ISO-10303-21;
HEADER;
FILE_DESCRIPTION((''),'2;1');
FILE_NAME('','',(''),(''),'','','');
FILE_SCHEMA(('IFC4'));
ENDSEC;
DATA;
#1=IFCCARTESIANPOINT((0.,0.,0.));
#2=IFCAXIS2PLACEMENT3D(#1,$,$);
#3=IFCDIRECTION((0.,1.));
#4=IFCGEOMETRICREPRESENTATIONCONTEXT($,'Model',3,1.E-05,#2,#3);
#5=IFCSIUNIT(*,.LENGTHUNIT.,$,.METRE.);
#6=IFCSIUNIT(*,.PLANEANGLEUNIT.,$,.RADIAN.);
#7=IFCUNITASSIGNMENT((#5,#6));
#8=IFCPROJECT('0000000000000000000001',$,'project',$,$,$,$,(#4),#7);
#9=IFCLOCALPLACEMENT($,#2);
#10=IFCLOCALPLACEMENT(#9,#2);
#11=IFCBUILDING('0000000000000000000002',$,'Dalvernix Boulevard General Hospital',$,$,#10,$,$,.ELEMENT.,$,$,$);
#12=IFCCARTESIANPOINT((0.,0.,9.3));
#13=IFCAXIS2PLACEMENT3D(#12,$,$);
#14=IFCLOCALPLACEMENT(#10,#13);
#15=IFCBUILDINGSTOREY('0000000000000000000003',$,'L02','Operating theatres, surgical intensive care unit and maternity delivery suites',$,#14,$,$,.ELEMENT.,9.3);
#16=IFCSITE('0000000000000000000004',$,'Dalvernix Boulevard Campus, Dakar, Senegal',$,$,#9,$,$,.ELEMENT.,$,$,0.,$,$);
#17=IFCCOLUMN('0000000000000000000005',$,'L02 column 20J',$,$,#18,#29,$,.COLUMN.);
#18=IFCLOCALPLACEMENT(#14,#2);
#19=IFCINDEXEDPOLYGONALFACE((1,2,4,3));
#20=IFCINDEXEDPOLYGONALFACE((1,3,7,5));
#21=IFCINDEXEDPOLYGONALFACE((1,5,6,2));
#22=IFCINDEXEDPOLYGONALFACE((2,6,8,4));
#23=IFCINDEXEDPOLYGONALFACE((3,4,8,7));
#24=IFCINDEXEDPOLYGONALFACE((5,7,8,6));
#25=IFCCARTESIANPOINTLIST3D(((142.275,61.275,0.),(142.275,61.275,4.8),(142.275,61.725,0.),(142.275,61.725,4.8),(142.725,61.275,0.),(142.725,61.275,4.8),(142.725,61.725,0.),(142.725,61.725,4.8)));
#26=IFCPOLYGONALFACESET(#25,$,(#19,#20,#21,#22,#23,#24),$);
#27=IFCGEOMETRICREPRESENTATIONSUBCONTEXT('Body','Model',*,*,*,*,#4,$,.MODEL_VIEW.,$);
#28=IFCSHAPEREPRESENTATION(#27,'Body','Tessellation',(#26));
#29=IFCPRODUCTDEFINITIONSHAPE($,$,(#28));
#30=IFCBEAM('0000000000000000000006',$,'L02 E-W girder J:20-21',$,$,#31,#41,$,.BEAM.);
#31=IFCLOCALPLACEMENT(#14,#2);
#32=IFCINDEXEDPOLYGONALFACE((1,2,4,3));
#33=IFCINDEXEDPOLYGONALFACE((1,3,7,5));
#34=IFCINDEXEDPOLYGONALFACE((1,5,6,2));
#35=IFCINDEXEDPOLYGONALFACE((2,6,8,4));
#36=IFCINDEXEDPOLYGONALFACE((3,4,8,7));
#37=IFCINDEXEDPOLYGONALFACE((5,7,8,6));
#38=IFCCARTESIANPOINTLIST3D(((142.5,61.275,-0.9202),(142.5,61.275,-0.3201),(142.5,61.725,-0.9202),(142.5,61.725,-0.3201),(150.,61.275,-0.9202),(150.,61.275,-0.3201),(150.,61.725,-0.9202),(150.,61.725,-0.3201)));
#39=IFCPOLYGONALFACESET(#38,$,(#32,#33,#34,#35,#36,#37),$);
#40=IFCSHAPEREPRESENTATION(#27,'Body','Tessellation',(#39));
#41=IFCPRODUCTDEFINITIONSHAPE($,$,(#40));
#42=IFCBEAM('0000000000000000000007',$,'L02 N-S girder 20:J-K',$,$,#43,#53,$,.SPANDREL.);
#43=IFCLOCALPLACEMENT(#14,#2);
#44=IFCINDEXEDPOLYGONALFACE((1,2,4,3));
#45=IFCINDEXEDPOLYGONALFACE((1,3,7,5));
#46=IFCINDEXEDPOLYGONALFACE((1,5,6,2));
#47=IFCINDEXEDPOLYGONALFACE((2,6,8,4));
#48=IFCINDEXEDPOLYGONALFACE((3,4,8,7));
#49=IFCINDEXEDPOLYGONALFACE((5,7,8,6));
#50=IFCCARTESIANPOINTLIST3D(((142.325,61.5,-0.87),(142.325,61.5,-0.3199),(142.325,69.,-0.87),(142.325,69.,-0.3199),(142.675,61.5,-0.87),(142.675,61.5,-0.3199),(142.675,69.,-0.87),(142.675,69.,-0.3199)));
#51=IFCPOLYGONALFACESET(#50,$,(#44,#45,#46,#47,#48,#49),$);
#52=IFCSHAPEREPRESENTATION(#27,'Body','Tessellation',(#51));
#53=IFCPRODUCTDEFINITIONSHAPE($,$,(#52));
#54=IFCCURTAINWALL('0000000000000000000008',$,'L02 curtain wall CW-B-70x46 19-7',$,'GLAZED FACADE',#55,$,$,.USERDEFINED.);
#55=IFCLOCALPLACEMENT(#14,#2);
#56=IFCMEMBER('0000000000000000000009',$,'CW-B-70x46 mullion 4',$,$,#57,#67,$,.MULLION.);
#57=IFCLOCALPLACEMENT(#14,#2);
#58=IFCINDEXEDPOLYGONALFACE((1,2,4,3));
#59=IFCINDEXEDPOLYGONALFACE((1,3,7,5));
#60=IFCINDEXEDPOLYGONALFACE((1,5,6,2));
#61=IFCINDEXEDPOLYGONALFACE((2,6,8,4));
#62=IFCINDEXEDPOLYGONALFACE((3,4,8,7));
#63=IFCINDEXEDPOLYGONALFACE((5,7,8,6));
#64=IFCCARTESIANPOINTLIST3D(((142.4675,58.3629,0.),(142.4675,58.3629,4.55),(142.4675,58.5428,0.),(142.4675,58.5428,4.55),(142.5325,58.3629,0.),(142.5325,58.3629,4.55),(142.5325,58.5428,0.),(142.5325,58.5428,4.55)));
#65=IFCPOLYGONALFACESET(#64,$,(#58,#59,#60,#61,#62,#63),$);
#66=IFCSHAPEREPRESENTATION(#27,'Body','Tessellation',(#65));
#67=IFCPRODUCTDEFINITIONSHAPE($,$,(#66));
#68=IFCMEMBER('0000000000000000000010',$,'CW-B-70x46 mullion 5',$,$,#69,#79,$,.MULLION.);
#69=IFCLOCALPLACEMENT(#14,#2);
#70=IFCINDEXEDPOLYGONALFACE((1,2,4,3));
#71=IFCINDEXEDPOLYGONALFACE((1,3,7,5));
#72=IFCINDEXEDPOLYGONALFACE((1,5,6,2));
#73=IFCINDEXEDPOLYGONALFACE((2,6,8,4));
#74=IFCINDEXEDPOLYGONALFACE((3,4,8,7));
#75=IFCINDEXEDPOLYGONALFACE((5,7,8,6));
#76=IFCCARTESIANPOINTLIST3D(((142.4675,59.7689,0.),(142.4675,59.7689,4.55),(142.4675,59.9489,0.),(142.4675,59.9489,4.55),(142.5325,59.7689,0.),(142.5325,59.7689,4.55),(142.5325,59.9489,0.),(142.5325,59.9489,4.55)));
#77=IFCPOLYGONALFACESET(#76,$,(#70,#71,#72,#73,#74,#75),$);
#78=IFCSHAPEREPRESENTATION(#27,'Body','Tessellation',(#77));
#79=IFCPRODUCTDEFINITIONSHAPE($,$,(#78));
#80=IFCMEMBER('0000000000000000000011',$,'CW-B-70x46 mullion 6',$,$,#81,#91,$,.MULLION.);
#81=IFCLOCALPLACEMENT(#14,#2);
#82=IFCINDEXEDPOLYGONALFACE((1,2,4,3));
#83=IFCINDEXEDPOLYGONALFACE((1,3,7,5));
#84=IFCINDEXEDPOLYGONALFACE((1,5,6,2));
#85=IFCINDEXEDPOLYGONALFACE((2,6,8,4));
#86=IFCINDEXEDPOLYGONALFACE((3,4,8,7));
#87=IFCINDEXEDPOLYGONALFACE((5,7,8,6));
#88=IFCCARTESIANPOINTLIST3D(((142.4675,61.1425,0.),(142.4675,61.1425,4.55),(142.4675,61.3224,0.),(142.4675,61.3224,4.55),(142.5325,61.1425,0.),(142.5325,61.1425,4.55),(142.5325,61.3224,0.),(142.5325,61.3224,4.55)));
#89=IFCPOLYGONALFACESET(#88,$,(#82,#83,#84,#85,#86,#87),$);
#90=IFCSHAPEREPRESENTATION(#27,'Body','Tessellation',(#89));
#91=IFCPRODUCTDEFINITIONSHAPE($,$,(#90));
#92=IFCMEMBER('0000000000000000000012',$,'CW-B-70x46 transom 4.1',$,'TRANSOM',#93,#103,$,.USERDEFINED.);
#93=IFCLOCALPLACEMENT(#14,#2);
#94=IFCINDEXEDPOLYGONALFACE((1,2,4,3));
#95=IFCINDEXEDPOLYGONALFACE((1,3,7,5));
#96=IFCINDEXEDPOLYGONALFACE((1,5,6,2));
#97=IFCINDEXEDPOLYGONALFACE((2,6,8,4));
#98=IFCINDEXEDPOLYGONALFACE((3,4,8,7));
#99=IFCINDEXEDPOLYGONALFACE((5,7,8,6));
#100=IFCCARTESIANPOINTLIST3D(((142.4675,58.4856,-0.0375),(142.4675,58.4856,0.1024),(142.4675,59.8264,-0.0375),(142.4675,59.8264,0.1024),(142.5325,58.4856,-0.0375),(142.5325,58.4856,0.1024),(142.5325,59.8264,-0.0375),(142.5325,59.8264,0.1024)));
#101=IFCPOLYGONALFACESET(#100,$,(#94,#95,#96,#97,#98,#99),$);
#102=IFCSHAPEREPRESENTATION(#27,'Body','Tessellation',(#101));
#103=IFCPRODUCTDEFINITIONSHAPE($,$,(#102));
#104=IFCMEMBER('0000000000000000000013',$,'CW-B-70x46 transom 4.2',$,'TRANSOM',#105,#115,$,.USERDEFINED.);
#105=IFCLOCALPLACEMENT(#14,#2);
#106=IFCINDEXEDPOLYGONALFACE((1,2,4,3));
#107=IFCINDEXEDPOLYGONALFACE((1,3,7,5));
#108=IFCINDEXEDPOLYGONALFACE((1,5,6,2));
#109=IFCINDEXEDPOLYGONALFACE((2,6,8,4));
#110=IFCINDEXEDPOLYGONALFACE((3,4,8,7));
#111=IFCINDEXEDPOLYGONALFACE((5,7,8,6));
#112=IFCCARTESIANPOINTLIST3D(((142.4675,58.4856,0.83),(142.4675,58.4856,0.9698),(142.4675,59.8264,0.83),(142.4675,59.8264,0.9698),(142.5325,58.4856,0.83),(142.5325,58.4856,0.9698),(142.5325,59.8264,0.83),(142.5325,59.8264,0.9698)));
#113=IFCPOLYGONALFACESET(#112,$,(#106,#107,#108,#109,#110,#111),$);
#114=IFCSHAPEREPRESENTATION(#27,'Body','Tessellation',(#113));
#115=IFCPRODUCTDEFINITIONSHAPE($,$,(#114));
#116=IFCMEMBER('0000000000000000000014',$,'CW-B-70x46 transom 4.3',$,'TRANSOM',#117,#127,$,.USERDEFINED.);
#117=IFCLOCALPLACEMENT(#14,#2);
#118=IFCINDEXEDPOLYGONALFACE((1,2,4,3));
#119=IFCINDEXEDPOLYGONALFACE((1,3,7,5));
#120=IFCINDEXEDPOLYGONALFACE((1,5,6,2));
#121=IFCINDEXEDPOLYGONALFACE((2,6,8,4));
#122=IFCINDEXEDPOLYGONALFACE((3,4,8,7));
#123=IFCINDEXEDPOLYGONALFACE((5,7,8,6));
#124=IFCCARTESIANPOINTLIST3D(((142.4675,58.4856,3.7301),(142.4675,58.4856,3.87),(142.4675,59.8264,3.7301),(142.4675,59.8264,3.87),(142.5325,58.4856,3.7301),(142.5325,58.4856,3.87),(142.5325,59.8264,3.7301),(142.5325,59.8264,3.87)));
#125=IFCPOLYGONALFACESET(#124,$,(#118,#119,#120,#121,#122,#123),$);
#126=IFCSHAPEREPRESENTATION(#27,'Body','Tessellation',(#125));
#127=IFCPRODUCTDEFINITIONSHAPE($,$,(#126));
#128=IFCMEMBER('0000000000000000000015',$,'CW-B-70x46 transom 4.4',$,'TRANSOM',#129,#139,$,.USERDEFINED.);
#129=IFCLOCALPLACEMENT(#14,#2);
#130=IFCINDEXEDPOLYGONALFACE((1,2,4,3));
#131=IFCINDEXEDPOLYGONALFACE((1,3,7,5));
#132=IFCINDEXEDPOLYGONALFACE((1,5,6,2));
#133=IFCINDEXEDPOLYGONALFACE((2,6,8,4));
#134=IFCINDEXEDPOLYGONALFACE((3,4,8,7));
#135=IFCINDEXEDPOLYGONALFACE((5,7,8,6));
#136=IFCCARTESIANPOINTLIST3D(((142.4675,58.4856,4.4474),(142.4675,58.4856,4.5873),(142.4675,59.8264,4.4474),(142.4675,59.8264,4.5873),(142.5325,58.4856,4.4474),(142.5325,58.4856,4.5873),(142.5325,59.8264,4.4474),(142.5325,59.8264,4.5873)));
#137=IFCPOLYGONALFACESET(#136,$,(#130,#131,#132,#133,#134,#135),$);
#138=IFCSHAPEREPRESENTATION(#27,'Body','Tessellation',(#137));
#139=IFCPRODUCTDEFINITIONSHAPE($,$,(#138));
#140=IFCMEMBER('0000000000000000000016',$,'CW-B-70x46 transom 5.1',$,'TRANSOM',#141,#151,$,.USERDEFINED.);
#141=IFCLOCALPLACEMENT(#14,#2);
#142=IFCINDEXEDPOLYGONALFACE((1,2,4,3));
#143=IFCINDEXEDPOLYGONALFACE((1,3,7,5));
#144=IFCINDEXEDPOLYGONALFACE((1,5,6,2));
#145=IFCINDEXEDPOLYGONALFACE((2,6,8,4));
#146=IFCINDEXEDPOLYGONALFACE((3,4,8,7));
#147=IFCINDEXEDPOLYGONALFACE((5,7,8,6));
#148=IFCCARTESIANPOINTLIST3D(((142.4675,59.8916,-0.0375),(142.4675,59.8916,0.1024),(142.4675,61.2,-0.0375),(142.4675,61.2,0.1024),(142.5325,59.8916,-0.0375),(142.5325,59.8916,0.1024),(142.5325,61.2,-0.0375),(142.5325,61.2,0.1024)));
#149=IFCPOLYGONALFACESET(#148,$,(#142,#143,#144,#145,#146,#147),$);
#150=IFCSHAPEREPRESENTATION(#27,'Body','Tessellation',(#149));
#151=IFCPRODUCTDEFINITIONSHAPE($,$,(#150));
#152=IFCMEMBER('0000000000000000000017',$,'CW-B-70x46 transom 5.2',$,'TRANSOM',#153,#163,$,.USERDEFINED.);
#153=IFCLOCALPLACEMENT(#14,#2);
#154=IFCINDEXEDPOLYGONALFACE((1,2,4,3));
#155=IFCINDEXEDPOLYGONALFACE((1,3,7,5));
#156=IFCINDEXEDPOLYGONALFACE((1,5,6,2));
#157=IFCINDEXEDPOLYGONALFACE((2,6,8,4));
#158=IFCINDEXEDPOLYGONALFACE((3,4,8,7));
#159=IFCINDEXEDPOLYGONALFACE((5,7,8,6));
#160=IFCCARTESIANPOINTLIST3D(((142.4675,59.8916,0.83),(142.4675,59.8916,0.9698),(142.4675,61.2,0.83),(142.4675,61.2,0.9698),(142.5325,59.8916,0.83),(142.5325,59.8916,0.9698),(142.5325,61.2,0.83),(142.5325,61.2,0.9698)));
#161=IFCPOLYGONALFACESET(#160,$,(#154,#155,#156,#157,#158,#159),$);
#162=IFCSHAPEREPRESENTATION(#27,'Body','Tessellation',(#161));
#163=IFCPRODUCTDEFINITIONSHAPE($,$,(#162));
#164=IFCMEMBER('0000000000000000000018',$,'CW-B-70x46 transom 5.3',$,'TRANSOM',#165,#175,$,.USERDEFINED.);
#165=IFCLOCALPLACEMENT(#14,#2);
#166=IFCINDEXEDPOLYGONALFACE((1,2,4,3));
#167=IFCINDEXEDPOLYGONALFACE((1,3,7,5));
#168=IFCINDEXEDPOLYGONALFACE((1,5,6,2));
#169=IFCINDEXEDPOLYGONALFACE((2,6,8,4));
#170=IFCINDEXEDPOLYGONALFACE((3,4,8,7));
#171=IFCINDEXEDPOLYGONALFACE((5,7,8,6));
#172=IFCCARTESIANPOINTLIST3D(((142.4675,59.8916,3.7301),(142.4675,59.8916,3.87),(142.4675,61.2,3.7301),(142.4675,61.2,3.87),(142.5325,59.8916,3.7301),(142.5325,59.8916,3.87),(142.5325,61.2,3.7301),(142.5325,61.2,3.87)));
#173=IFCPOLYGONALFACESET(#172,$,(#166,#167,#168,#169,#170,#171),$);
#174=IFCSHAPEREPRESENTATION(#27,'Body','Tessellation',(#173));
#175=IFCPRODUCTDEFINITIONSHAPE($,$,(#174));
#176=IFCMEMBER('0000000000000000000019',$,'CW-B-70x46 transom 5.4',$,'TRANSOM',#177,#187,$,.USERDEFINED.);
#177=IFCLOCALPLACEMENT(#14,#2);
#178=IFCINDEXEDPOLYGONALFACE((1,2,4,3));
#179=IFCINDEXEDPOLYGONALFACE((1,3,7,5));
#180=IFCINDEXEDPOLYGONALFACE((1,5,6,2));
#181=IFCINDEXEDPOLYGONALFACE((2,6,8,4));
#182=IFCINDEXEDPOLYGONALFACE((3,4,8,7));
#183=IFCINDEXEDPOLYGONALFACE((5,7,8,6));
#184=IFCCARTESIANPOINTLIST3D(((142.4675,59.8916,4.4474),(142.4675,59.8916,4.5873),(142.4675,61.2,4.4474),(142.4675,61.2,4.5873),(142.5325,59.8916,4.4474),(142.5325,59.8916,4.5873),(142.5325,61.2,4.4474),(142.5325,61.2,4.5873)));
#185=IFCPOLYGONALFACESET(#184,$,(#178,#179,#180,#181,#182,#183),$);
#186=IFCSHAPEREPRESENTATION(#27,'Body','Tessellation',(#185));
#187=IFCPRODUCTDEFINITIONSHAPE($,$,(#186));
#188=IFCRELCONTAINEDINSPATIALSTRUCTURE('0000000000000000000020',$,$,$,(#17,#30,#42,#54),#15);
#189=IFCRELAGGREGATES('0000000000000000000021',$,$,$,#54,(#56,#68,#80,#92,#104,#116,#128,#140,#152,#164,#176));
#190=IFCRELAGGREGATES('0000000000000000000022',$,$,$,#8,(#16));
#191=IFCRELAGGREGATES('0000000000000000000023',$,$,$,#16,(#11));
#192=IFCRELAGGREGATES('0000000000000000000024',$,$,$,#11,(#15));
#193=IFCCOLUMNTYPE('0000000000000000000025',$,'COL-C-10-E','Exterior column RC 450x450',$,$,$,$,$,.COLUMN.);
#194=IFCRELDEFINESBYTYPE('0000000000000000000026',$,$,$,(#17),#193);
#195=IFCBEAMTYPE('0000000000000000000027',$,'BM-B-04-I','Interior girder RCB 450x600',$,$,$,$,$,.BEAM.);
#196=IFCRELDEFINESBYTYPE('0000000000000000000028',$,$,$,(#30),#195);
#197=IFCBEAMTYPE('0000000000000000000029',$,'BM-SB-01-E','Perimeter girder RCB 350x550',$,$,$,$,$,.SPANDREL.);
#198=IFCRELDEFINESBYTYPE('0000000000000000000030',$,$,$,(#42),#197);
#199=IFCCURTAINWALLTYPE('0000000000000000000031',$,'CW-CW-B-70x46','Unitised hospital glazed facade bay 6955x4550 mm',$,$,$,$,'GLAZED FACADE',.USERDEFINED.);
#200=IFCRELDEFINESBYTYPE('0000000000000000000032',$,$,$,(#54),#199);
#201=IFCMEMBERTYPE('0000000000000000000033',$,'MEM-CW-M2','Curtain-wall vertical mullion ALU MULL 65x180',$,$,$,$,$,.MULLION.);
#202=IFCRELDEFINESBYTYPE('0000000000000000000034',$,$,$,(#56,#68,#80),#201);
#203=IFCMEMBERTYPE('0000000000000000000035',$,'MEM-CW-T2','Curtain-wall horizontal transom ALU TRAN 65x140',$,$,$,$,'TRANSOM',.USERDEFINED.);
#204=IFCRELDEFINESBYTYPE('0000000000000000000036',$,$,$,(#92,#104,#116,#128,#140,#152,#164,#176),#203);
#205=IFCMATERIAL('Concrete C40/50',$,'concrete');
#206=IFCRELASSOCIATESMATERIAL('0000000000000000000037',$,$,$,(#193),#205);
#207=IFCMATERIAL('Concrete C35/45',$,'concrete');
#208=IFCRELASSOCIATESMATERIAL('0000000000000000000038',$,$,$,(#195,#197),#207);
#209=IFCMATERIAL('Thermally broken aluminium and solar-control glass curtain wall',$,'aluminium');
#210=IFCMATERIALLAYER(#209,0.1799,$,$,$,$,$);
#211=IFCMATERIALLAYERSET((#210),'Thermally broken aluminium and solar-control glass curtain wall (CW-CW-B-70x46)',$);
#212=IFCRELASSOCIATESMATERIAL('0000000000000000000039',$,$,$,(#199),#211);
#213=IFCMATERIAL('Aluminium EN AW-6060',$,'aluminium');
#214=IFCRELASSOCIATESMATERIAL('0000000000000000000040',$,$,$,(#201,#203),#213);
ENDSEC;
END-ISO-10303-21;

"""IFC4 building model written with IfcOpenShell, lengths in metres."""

from ifc_helpers import new_model, si_unit, direction, frame, origin, origin_2d, place, context, subcontext, project, spatial, rectangle, extrude, material, layer, layer_set, material_profile, profile_set, type_object, element, aggregate, save


model = new_model("IFC4")

# Units and contexts
model_context = context("Model", 3, precision=1e-05, world=origin(), true_north=direction((0.0, 1.0)))
body_context = subcontext(model_context, "Body", "Model", "MODEL_VIEW")
ifc_project = project(units=[si_unit("LENGTHUNIT", "METRE"), si_unit("PLANEANGLEUNIT", "RADIAN")], contexts=[model_context])

# Site, building, storey
site_placement = place(None, origin())
site = spatial("IfcSite", under=ifc_project, at=site_placement, Name="Dalvernix Boulevard Campus, Dakar, Senegal", CompositionType="ELEMENT", RefElevation=0.0)
building_placement = place(site_placement, origin())
building = spatial("IfcBuilding", under=site, at=building_placement, Name="Dalvernix Boulevard General Hospital", CompositionType="ELEMENT")
storey_placement = place(building_placement, frame((0.0, 0.0, 9.3)))
storey = spatial("IfcBuildingStorey", under=building, at=storey_placement, Name="L02", Description="Operating theatres, surgical intensive care unit and maternity delivery suites", CompositionType="ELEMENT", Elevation=9.3)

# Column
ifc_material_1 = material(Name="Concrete C40/50", Category="concrete")
ifc_material_profile_1 = material_profile(ifc_material_1, rectangle(XDim=0.45, YDim=0.45, at=origin_2d()), Name="RC 450x450")
ifc_profile_set_1 = profile_set([ifc_material_profile_1], Name="Concrete C40/50")
column_type = type_object("IfcColumnType", Name="COL-C-10-E", Description="Exterior column RC 450x450", PredefinedType="COLUMN", material=ifc_profile_set_1)
column_placement = place(storey_placement, frame((142.5, 61.5, 0.0), z_axis=(0.0, 0.0, 1.0), x_axis=(1.0, 0.0, 0.0)))
element("IfcColumn", 1, at=column_placement, inside=storey, type_object=column_type, Name="L02 column 20J", PredefinedType="COLUMN", context=body_context, shape_type="SweptSolid", body=[
    extrude(rectangle(XDim=0.45, YDim=0.45, at=origin_2d()), origin(), (0.0, 0.0, 1.0), 4.8),
])

# Beams
ifc_material_2 = material(Name="Concrete C35/45", Category="concrete")
ifc_material_profile_2 = material_profile(ifc_material_2, rectangle(XDim=0.45, YDim=0.6001, at=origin_2d()), Name="RCB 450x600")
ifc_profile_set_2 = profile_set([ifc_material_profile_2], Name="Concrete C35/45")
beam_type_1 = type_object("IfcBeamType", Name="BM-B-04-I", Description="Interior girder RCB 450x600", PredefinedType="BEAM", material=ifc_profile_set_2)
beam_1_placement = place(storey_placement, frame((142.5, 61.5, -0.6201), z_axis=(1.0, 0.0, 0.0), x_axis=(0.0, 1.0, 0.0)))
element("IfcBeam", 2, at=beam_1_placement, inside=storey, type_object=beam_type_1, Name="L02 E-W girder J:20-21", PredefinedType="BEAM", context=body_context, shape_type="SweptSolid", body=[
    extrude(rectangle(XDim=0.45, YDim=0.6001, at=origin_2d()), origin(), (0.0, 0.0, 1.0), 7.5),
])
ifc_material_profile_3 = material_profile(ifc_material_2, rectangle(XDim=0.3501, YDim=0.55, at=origin_2d()), Name="RCB 350x550")
ifc_profile_set_3 = profile_set([ifc_material_profile_3], Name="Concrete C35/45")
beam_type_2 = type_object("IfcBeamType", Name="BM-SB-01-E", Description="Perimeter girder RCB 350x550", PredefinedType="SPANDREL", material=ifc_profile_set_3)
beam_2_placement = place(storey_placement, frame((142.5, 61.5, -0.595), z_axis=(0.0, 1.0, 0.0), x_axis=(-1.0, 0.0, 0.0)))
element("IfcBeam", 3, at=beam_2_placement, inside=storey, type_object=beam_type_2, Name="L02 N-S girder 20:J-K", PredefinedType="SPANDREL", context=body_context, shape_type="SweptSolid", body=[
    extrude(rectangle(XDim=0.3501, YDim=0.55, at=origin_2d()), origin(), (0.0, 0.0, 1.0), 7.5),
])

# Curtain wall, members
ifc_material_3 = material(Name="Thermally broken aluminium and solar-control glass curtain wall", Category="aluminium")
ifc_layer_1 = layer(ifc_material_3, 0.1799)
ifc_layer_set_1 = layer_set([ifc_layer_1], Name="Thermally broken aluminium and solar-control glass curtain wall (CW-CW-B-70x46)")
curtain_wall_type = type_object("IfcCurtainWallType", Name="CW-CW-B-70x46", Description="Unitised hospital glazed facade bay 6955x4550 mm", ElementType="GLAZED FACADE", PredefinedType="USERDEFINED", material=ifc_layer_set_1)
curtain_wall_placement = place(storey_placement, origin())
curtain_wall = element("IfcCurtainWall", 4, at=curtain_wall_placement, inside=storey, type_object=curtain_wall_type, Name="L02 curtain wall CW-B-70x46 19-7", ObjectType="GLAZED FACADE", PredefinedType="USERDEFINED")
ifc_material_4 = material(Name="Aluminium EN AW-6060", Category="aluminium")
ifc_material_profile_4 = material_profile(ifc_material_4, rectangle(XDim=0.0649, YDim=0.1799, at=origin_2d()), Name="ALU MULL 65x180")
ifc_profile_set_4 = profile_set([ifc_material_profile_4], Name="Aluminium EN AW-6060")
member_type_1 = type_object("IfcMemberType", Name="MEM-CW-M2", Description="Curtain-wall vertical mullion ALU MULL 65x180", PredefinedType="MULLION", material=ifc_profile_set_4)
member_1_placement = place(storey_placement, frame((142.5, 58.4529, 0.0), z_axis=(0.0, 0.0, 1.0), x_axis=(-1.0, 0.0, 0.0)))
member_1 = element("IfcMember", 5, at=member_1_placement, type_object=member_type_1, Name="CW-B-70x46 mullion 4", PredefinedType="MULLION", context=body_context, shape_type="SweptSolid", body=[
    extrude(rectangle(XDim=0.0649, YDim=0.1799, at=origin_2d()), origin(), (0.0, 0.0, 1.0), 4.55),
])
member_2_placement = place(storey_placement, frame((142.5, 59.8589, 0.0), z_axis=(0.0, 0.0, 1.0), x_axis=(-1.0, 0.0, 0.0)))
member_2 = element("IfcMember", 6, at=member_2_placement, type_object=member_type_1, Name="CW-B-70x46 mullion 5", PredefinedType="MULLION", context=body_context, shape_type="SweptSolid", body=[
    extrude(rectangle(XDim=0.0649, YDim=0.1799, at=origin_2d()), origin(), (0.0, 0.0, 1.0), 4.55),
])
member_3_placement = place(storey_placement, frame((142.5, 61.2324, 0.0), z_axis=(0.0, 0.0, 1.0), x_axis=(-1.0, 0.0, 0.0)))
member_3 = element("IfcMember", 7, at=member_3_placement, type_object=member_type_1, Name="CW-B-70x46 mullion 6", PredefinedType="MULLION", context=body_context, shape_type="SweptSolid", body=[
    extrude(rectangle(XDim=0.0649, YDim=0.1799, at=origin_2d()), origin(), (0.0, 0.0, 1.0), 4.55),
])
ifc_material_profile_5 = material_profile(ifc_material_4, rectangle(XDim=0.0649, YDim=0.1399, at=origin_2d()), Name="ALU TRAN 65x140")
ifc_profile_set_5 = profile_set([ifc_material_profile_5], Name="Aluminium EN AW-6060")
member_type_2 = type_object("IfcMemberType", Name="MEM-CW-T2", Description="Curtain-wall horizontal transom ALU TRAN 65x140", ElementType="TRANSOM", PredefinedType="USERDEFINED", material=ifc_profile_set_5)
member_4_placement = place(storey_placement, frame((142.5, 58.4856, 0.0325), z_axis=(0.0, 1.0, 0.0), x_axis=(-1.0, 0.0, 0.0)))
member_4 = element("IfcMember", 8, at=member_4_placement, type_object=member_type_2, Name="CW-B-70x46 transom 4.1", ObjectType="TRANSOM", PredefinedType="USERDEFINED", context=body_context, shape_type="SweptSolid", body=[
    extrude(rectangle(XDim=0.0649, YDim=0.1399, at=origin_2d()), origin(), (0.0, 0.0, 1.0), 1.3408),
])
member_5_placement = place(storey_placement, frame((142.5, 58.4856, 0.8999), z_axis=(0.0, 1.0, 0.0), x_axis=(-1.0, 0.0, 0.0)))
member_5 = element("IfcMember", 9, at=member_5_placement, type_object=member_type_2, Name="CW-B-70x46 transom 4.2", ObjectType="TRANSOM", PredefinedType="USERDEFINED", context=body_context, shape_type="SweptSolid", body=[
    extrude(rectangle(XDim=0.0649, YDim=0.1399, at=origin_2d()), origin(), (0.0, 0.0, 1.0), 1.3408),
])
member_6_placement = place(storey_placement, frame((142.5, 58.4856, 3.8), z_axis=(0.0, 1.0, 0.0), x_axis=(-1.0, 0.0, 0.0)))
member_6 = element("IfcMember", 10, at=member_6_placement, type_object=member_type_2, Name="CW-B-70x46 transom 4.3", ObjectType="TRANSOM", PredefinedType="USERDEFINED", context=body_context, shape_type="SweptSolid", body=[
    extrude(rectangle(XDim=0.0649, YDim=0.1399, at=origin_2d()), origin(), (0.0, 0.0, 1.0), 1.3408),
])
member_7_placement = place(storey_placement, frame((142.5, 58.4856, 4.5173), z_axis=(0.0, 1.0, 0.0), x_axis=(-1.0, 0.0, 0.0)))
member_7 = element("IfcMember", 11, at=member_7_placement, type_object=member_type_2, Name="CW-B-70x46 transom 4.4", ObjectType="TRANSOM", PredefinedType="USERDEFINED", context=body_context, shape_type="SweptSolid", body=[
    extrude(rectangle(XDim=0.0649, YDim=0.1399, at=origin_2d()), origin(), (0.0, 0.0, 1.0), 1.3408),
])
member_8_placement = place(storey_placement, frame((142.5, 59.8916, 0.0325), z_axis=(0.0, 1.0, 0.0), x_axis=(-1.0, 0.0, 0.0)))
member_8 = element("IfcMember", 12, at=member_8_placement, type_object=member_type_2, Name="CW-B-70x46 transom 5.1", ObjectType="TRANSOM", PredefinedType="USERDEFINED", context=body_context, shape_type="SweptSolid", body=[
    extrude(rectangle(XDim=0.0649, YDim=0.1399, at=origin_2d()), origin(), (0.0, 0.0, 1.0), 1.3083),
])
member_9_placement = place(storey_placement, frame((142.5, 59.8916, 0.8999), z_axis=(0.0, 1.0, 0.0), x_axis=(-1.0, 0.0, 0.0)))
member_9 = element("IfcMember", 13, at=member_9_placement, type_object=member_type_2, Name="CW-B-70x46 transom 5.2", ObjectType="TRANSOM", PredefinedType="USERDEFINED", context=body_context, shape_type="SweptSolid", body=[
    extrude(rectangle(XDim=0.0649, YDim=0.1399, at=origin_2d()), origin(), (0.0, 0.0, 1.0), 1.3083),
])
member_10_placement = place(storey_placement, frame((142.5, 59.8916, 3.8), z_axis=(0.0, 1.0, 0.0), x_axis=(-1.0, 0.0, 0.0)))
member_10 = element("IfcMember", 14, at=member_10_placement, type_object=member_type_2, Name="CW-B-70x46 transom 5.3", ObjectType="TRANSOM", PredefinedType="USERDEFINED", context=body_context, shape_type="SweptSolid", body=[
    extrude(rectangle(XDim=0.0649, YDim=0.1399, at=origin_2d()), origin(), (0.0, 0.0, 1.0), 1.3083),
])
member_11_placement = place(storey_placement, frame((142.5, 59.8916, 4.5173), z_axis=(0.0, 1.0, 0.0), x_axis=(-1.0, 0.0, 0.0)))
member_11 = element("IfcMember", 15, at=member_11_placement, type_object=member_type_2, Name="CW-B-70x46 transom 5.4", ObjectType="TRANSOM", PredefinedType="USERDEFINED", context=body_context, shape_type="SweptSolid", body=[
    extrude(rectangle(XDim=0.0649, YDim=0.1399, at=origin_2d()), origin(), (0.0, 0.0, 1.0), 1.3083),
])
aggregate(curtain_wall, [member_1, member_2, member_3, member_4, member_5, member_6, member_7, member_8, member_9, member_10, member_11])

save(model, "model.ifc")
